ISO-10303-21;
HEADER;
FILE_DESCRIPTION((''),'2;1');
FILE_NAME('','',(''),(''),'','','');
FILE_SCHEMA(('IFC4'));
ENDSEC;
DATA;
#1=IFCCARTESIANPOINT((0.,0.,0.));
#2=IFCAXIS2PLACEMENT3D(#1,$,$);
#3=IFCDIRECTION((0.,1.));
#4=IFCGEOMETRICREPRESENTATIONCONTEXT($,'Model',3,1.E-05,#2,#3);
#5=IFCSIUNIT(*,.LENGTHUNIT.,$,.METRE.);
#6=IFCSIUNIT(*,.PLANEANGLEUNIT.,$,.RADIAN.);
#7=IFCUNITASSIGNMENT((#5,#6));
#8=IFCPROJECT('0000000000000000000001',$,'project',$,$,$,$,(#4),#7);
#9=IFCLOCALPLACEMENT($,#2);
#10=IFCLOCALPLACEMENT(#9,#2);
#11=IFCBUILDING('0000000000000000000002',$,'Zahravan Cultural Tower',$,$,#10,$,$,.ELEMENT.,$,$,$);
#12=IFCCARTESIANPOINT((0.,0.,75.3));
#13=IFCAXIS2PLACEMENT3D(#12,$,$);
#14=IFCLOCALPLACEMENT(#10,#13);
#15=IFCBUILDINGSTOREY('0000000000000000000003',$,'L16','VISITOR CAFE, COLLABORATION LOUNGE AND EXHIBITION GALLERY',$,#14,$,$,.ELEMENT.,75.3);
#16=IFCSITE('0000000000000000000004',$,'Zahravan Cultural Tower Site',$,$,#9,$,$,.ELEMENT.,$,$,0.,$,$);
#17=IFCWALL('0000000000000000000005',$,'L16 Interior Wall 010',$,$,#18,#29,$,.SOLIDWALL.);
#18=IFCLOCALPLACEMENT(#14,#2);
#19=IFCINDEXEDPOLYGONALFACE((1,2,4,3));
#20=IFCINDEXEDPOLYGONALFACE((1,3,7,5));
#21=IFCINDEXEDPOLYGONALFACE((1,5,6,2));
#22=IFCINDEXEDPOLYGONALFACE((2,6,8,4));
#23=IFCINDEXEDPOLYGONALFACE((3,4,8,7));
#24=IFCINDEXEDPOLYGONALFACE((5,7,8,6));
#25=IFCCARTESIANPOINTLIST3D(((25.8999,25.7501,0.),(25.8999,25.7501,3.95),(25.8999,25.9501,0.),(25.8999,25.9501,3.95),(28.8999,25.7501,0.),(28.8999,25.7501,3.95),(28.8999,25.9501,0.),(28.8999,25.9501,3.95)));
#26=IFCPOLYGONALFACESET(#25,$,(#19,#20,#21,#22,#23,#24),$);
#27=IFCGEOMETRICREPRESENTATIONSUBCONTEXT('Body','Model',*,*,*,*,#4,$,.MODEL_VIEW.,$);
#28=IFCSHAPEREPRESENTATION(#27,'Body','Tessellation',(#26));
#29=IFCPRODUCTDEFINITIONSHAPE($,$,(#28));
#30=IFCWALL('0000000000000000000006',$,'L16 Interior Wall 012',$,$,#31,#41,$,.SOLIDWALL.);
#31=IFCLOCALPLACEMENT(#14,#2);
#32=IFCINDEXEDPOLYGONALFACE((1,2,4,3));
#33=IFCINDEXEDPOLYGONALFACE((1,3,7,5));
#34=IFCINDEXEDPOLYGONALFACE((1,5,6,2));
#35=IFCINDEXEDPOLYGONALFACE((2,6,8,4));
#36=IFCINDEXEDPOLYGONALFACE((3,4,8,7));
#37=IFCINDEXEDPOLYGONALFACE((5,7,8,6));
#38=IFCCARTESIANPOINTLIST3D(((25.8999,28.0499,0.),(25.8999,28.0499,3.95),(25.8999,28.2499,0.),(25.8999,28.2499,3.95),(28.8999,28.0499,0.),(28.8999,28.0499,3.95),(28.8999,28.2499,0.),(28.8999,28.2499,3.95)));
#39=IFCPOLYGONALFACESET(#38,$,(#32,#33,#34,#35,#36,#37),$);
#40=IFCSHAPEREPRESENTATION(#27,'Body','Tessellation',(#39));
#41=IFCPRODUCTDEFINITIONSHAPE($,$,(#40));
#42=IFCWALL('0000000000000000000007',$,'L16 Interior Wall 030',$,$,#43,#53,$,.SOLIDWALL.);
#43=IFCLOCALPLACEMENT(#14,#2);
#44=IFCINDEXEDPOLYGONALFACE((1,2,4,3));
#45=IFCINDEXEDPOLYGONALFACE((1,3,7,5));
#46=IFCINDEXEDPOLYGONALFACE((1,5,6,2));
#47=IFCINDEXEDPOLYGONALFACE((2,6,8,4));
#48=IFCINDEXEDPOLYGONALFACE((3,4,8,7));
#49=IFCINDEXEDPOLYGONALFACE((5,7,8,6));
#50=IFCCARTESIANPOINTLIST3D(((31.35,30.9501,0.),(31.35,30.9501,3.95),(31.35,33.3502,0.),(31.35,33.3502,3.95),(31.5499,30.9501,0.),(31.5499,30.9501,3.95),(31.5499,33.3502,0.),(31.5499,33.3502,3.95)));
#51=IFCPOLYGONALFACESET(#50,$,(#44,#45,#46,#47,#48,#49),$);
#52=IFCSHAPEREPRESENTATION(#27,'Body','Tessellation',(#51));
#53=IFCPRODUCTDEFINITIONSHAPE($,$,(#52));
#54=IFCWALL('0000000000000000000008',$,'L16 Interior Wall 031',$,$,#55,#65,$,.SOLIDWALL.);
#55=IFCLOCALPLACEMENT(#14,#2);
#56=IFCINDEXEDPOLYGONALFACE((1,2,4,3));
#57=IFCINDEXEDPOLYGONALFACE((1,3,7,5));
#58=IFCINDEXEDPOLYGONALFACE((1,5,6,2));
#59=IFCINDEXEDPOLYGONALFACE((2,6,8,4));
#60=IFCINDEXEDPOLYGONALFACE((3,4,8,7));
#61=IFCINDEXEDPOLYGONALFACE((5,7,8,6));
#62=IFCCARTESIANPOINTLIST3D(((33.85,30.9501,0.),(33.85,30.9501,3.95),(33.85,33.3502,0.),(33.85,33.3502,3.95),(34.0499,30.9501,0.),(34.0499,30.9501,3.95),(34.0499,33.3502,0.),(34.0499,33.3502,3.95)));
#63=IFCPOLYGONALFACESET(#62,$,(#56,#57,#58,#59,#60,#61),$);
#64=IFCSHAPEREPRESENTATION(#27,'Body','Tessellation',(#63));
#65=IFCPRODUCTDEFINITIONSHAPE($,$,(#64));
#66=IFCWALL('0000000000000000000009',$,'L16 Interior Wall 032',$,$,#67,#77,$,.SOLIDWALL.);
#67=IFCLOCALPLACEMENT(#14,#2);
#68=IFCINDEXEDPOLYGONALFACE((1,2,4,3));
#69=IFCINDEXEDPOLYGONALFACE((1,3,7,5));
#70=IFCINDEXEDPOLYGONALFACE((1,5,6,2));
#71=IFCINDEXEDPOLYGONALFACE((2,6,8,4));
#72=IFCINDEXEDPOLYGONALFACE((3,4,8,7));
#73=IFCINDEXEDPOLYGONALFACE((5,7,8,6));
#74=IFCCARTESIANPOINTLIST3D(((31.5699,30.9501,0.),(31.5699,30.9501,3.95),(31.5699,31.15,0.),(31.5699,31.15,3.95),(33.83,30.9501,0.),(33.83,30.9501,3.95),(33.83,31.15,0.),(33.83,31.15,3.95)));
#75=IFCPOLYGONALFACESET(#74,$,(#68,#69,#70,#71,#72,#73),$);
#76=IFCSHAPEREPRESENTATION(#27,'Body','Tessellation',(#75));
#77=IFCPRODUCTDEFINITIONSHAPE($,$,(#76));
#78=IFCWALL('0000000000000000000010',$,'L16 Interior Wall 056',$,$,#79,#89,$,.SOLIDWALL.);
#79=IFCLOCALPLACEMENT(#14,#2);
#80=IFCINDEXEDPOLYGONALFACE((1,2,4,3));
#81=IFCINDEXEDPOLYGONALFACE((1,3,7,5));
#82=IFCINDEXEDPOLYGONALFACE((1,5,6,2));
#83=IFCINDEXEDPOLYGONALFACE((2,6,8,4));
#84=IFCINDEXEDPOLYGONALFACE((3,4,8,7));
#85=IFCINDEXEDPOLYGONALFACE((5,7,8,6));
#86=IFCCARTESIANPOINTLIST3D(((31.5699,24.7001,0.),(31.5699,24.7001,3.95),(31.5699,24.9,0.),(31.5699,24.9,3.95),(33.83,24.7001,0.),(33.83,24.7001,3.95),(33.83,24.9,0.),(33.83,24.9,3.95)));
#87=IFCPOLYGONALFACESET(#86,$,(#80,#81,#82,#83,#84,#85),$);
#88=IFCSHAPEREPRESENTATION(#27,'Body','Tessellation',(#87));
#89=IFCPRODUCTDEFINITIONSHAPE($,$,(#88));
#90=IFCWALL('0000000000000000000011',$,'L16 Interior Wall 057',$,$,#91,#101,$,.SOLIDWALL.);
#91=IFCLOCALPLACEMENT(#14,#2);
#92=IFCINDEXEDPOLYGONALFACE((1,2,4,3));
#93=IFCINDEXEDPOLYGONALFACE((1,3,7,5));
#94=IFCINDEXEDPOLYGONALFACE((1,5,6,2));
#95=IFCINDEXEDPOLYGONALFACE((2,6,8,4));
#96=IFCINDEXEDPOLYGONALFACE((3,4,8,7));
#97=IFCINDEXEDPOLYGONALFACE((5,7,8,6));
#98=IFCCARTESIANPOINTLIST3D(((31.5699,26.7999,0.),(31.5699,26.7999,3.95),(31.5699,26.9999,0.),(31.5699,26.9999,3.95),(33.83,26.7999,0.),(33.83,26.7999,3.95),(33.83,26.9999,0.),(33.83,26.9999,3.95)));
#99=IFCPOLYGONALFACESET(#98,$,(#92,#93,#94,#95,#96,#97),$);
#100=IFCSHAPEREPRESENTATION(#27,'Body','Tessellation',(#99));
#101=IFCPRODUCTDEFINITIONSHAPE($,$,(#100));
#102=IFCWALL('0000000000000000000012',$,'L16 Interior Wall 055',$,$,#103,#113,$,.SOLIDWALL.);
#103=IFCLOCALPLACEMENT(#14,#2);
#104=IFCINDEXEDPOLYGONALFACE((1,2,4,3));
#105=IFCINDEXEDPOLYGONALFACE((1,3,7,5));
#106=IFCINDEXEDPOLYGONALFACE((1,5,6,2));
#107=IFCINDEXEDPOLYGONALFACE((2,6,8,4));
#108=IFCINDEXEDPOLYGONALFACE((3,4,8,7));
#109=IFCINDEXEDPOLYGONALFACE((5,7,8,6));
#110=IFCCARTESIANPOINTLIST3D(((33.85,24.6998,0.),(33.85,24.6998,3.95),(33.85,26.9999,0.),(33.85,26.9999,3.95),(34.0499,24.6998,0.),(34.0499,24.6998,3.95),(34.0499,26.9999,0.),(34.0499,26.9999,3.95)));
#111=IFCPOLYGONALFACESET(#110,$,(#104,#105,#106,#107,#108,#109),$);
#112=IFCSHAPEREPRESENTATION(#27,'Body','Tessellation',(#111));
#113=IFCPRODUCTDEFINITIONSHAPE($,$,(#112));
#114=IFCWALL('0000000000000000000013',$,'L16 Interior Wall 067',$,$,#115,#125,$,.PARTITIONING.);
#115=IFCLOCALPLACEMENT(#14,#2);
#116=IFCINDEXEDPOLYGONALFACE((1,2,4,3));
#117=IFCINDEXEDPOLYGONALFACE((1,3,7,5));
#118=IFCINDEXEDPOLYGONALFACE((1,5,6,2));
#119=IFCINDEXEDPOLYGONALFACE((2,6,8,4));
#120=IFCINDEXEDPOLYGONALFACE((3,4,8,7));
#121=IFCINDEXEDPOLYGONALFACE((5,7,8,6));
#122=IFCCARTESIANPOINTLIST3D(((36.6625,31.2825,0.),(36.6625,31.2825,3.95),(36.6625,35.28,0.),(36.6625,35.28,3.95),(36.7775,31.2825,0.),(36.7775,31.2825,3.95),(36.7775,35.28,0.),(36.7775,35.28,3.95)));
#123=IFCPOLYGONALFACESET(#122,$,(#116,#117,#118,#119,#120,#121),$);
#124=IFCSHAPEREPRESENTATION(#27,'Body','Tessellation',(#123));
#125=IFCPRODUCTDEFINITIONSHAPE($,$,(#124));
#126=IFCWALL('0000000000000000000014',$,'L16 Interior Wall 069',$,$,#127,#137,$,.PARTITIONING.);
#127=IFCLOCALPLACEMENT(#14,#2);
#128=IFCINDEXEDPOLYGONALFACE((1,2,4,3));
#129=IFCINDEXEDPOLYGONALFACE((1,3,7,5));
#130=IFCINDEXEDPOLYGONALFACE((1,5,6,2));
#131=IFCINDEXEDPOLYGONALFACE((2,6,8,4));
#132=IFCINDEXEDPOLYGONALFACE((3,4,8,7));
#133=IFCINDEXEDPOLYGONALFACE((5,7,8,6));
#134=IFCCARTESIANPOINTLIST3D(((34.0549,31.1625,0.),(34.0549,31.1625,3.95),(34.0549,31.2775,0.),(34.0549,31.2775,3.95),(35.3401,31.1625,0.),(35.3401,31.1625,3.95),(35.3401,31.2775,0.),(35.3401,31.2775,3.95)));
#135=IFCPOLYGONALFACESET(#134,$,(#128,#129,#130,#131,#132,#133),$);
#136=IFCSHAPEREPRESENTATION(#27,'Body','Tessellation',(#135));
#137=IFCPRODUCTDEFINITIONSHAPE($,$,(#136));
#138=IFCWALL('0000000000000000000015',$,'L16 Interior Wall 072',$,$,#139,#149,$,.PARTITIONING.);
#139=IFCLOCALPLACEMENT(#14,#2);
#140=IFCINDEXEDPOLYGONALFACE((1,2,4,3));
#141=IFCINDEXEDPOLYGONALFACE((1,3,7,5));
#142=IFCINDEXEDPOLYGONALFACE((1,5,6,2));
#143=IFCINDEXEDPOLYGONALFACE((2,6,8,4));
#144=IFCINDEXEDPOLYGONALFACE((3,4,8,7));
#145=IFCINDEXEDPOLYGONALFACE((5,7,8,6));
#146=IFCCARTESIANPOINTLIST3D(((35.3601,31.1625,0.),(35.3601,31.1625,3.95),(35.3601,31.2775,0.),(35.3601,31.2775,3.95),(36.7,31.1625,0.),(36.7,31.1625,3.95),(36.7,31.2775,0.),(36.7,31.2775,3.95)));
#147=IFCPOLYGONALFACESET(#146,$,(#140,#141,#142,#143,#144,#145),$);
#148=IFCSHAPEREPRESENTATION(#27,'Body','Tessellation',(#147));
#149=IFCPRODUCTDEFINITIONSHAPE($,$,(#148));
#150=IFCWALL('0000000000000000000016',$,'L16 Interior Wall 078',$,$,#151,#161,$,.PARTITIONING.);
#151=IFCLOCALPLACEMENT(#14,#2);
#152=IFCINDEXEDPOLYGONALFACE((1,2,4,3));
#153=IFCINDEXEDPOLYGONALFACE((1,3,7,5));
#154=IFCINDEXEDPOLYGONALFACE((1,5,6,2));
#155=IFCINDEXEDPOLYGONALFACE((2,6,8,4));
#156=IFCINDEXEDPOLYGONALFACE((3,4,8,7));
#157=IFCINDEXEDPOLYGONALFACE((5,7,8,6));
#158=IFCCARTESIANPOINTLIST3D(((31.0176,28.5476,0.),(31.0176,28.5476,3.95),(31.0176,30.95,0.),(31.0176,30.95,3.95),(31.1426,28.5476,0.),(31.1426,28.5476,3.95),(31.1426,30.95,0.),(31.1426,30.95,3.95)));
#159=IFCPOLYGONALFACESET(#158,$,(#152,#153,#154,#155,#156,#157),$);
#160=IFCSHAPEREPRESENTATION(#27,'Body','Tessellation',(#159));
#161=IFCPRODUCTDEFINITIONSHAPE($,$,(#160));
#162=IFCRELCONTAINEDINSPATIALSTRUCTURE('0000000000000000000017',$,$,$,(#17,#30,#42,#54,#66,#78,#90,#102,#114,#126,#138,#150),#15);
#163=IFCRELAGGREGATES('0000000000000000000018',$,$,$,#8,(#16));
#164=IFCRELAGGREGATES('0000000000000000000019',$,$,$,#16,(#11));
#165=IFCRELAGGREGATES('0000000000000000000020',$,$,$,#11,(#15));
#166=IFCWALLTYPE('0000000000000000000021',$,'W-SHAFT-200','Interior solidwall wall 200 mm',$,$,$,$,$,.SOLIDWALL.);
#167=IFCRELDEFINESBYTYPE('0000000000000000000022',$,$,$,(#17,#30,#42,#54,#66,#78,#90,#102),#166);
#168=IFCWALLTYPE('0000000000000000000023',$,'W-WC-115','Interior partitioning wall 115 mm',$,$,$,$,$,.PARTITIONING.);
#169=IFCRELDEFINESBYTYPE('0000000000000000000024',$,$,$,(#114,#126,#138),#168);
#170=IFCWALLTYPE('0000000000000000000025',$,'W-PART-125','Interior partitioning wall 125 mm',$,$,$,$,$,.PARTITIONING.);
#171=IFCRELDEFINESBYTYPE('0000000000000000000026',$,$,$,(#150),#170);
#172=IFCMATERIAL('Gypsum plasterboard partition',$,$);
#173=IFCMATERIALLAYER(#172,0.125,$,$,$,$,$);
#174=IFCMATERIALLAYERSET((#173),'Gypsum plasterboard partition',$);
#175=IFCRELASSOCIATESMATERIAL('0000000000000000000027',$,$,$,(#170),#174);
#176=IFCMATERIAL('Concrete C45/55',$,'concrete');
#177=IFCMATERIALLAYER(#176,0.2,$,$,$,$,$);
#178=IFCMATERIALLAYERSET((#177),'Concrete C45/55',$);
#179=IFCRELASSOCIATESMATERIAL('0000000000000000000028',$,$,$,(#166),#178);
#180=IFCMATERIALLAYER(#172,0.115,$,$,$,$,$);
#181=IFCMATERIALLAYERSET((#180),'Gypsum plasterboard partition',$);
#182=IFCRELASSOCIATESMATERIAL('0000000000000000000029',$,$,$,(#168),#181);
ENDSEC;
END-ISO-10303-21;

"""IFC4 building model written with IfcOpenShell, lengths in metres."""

from ifc_helpers import new_model, si_unit, direction, frame, frame_2d, origin, place, context, subcontext, project, spatial, rectangle, extrude, source, transform, mapped, material, layer, layer_set, type_object, element, save


model = new_model("IFC4")

# Units and contexts
model_context = context("Model", 3, precision=1e-05, world=origin(), true_north=direction((0.0, 1.0)))
body_context = subcontext(model_context, "Body", "Model", "MODEL_VIEW")
ifc_project = project(units=[si_unit("LENGTHUNIT", "METRE"), si_unit("PLANEANGLEUNIT", "RADIAN")], contexts=[model_context])

# Site, building, storey
site_placement = place(None, origin())
site = spatial("IfcSite", under=ifc_project, at=site_placement, Name="Zahravan Cultural Tower Site", CompositionType="ELEMENT", RefElevation=0.0)
building_placement = place(site_placement, origin())
building = spatial("IfcBuilding", under=site, at=building_placement, Name="Zahravan Cultural Tower", CompositionType="ELEMENT")
storey_placement = place(building_placement, frame((0.0, 0.0, 75.3)))
storey = spatial("IfcBuildingStorey", under=building, at=storey_placement, Name="L16", Description="VISITOR CAFE, COLLABORATION LOUNGE AND EXHIBITION GALLERY", CompositionType="ELEMENT", Elevation=75.3)

# Shared definitions
ifc_material_1 = material(Name="Gypsum plasterboard partition")
ifc_layer_1 = layer(ifc_material_1, 0.125)
ifc_layer_set_1 = layer_set([ifc_layer_1], Name="Gypsum plasterboard partition")
wall_type_1 = type_object("IfcWallType", Name="W-PART-125", Description="Interior partitioning wall 125 mm", PredefinedType="PARTITIONING", material=ifc_layer_set_1)
ifc_material_2 = material(Name="Concrete C45/55", Category="concrete")
ifc_layer_2 = layer(ifc_material_2, 0.2)
ifc_layer_set_2 = layer_set([ifc_layer_2], Name="Concrete C45/55")
wall_type_2 = type_object("IfcWallType", Name="W-SHAFT-200", Description="Interior solidwall wall 200 mm", PredefinedType="SOLIDWALL", material=ifc_layer_set_2)

# Walls
shared_shape_1 = source(origin(), body_context, "Body", "SweptSolid", [
    extrude(rectangle(XDim=3.0, YDim=0.2, at=frame_2d((1.5, 0.0))), origin(), (0.0, 0.0, 1.0), 3.95),
])
for number, where, z_axis, x_axis, name in (
    (1, (25.8999, 25.8501, 0.0), (0.0, 0.0, 1.0), (1.0, 0.0, 0.0), "L16 Interior Wall 010"),
    (2, (25.8999, 28.1499, 0.0), (0.0, 0.0, 1.0), (1.0, 0.0, 0.0), "L16 Interior Wall 012"),
):
    element("IfcWall", number, at=place(storey_placement, frame(where, z_axis=z_axis, x_axis=x_axis)), inside=storey, type_object=wall_type_2, Name=name, PredefinedType="SOLIDWALL", context=body_context, shape_type="MappedRepresentation", body=[
        mapped(shared_shape_1, transform((0.0, 0.0, 0.0), x_axis=(1.0, 0.0, 0.0), y_axis=(0.0, 1.0, 0.0), z_axis=(0.0, 0.0, 1.0), scale=1.0)),
    ])
shared_shape_2 = source(origin(), body_context, "Body", "SweptSolid", [
    extrude(rectangle(XDim=2.4001, YDim=0.2, at=frame_2d((1.2002, 0.0))), origin(), (0.0, 0.0, 1.0), 3.95),
])
for number, where, z_axis, x_axis, name in (
    (3, (31.45, 30.95, 0.0), (0.0, 0.0, 1.0), (0.0, 1.0, 0.0), "L16 Interior Wall 030"),
    (4, (33.95, 30.95, 0.0), (0.0, 0.0, 1.0), (0.0, 1.0, 0.0), "L16 Interior Wall 031"),
):
    element("IfcWall", number, at=place(storey_placement, frame(where, z_axis=z_axis, x_axis=x_axis)), inside=storey, type_object=wall_type_2, Name=name, PredefinedType="SOLIDWALL", context=body_context, shape_type="MappedRepresentation", body=[
        mapped(shared_shape_2, transform((0.0, 0.0, 0.0), x_axis=(1.0, 0.0, 0.0), y_axis=(0.0, 1.0, 0.0), z_axis=(0.0, 0.0, 1.0), scale=1.0)),
    ])
shared_shape_3 = source(origin(), body_context, "Body", "SweptSolid", [
    extrude(rectangle(XDim=2.26, YDim=0.2, at=frame_2d((1.1299, 0.0))), origin(), (0.0, 0.0, 1.0), 3.95),
])
for number, where, z_axis, x_axis, name in (
    (5, (31.5701, 31.05, 0.0), (0.0, 0.0, 1.0), (1.0, 0.0, 0.0), "L16 Interior Wall 032"),
    (6, (31.5701, 24.8, 0.0), (0.0, 0.0, 1.0), (1.0, 0.0, 0.0), "L16 Interior Wall 056"),
    (7, (31.5701, 26.8999, 0.0), (0.0, 0.0, 1.0), (1.0, 0.0, 0.0), "L16 Interior Wall 057"),
):
    element("IfcWall", number, at=place(storey_placement, frame(where, z_axis=z_axis, x_axis=x_axis)), inside=storey, type_object=wall_type_2, Name=name, PredefinedType="SOLIDWALL", context=body_context, shape_type="MappedRepresentation", body=[
        mapped(shared_shape_3, transform((0.0, 0.0, 0.0), x_axis=(1.0, 0.0, 0.0), y_axis=(0.0, 1.0, 0.0), z_axis=(0.0, 0.0, 1.0), scale=1.0)),
    ])
shared_shape_4 = source(origin(), body_context, "Body", "SweptSolid", [
    extrude(rectangle(XDim=2.3, YDim=0.2, at=frame_2d((1.1499, 0.0))), origin(), (0.0, 0.0, 1.0), 3.95),
])
wall_1_placement = place(storey_placement, frame((33.95, 24.7, 0.0), z_axis=(0.0, 0.0, 1.0), x_axis=(0.0, 1.0, 0.0)))
element("IfcWall", 8, at=wall_1_placement, inside=storey, type_object=wall_type_2, Name="L16 Interior Wall 055", PredefinedType="SOLIDWALL", context=body_context, shape_type="MappedRepresentation", body=[
    mapped(shared_shape_4, transform((0.0, 0.0, 0.0), x_axis=(1.0, 0.0, 0.0), y_axis=(0.0, 1.0, 0.0), z_axis=(0.0, 0.0, 1.0), scale=1.0)),
])
ifc_layer_3 = layer(ifc_material_1, 0.115)
ifc_layer_set_3 = layer_set([ifc_layer_3], Name="Gypsum plasterboard partition")
wall_type_3 = type_object("IfcWallType", Name="W-WC-115", Description="Interior partitioning wall 115 mm", PredefinedType="PARTITIONING", material=ifc_layer_set_3)
shared_shape_5 = source(origin(), body_context, "Body", "SweptSolid", [
    extrude(rectangle(XDim=3.9976, YDim=0.115, at=frame_2d((1.9988, 0.0))), origin(), (0.0, 0.0, 1.0), 3.95),
])
wall_2_placement = place(storey_placement, frame((36.72, 31.2825, 0.0), z_axis=(0.0, 0.0, 1.0), x_axis=(0.0, 1.0, 0.0)))
element("IfcWall", 9, at=wall_2_placement, inside=storey, type_object=wall_type_3, Name="L16 Interior Wall 067", PredefinedType="PARTITIONING", context=body_context, shape_type="MappedRepresentation", body=[
    mapped(shared_shape_5, transform((0.0, 0.0, 0.0), x_axis=(1.0, 0.0, 0.0), y_axis=(0.0, 1.0, 0.0), z_axis=(0.0, 0.0, 1.0), scale=1.0)),
])
shared_shape_6 = source(origin(), body_context, "Body", "SweptSolid", [
    extrude(rectangle(XDim=1.2852, YDim=0.115, at=frame_2d((0.6426, 0.0))), origin(), (0.0, 0.0, 1.0), 3.95),
])
wall_3_placement = place(storey_placement, frame((35.3401, 31.22, 0.0), z_axis=(0.0, 0.0, 1.0), x_axis=(-1.0, 0.0, 0.0)))
element("IfcWall", 10, at=wall_3_placement, inside=storey, type_object=wall_type_3, Name="L16 Interior Wall 069", PredefinedType="PARTITIONING", context=body_context, shape_type="MappedRepresentation", body=[
    mapped(shared_shape_6, transform((0.0, 0.0, 0.0), x_axis=(1.0, 0.0, 0.0), y_axis=(0.0, 1.0, 0.0), z_axis=(0.0, 0.0, 1.0), scale=1.0)),
])
shared_shape_7 = source(origin(), body_context, "Body", "SweptSolid", [
    extrude(rectangle(XDim=1.3398, YDim=0.115, at=frame_2d((0.6699, 0.0))), origin(), (0.0, 0.0, 1.0), 3.95),
])
wall_4_placement = place(storey_placement, frame((36.7, 31.22, 0.0), z_axis=(0.0, 0.0, 1.0), x_axis=(-1.0, 0.0, 0.0)))
element("IfcWall", 11, at=wall_4_placement, inside=storey, type_object=wall_type_3, Name="L16 Interior Wall 072", PredefinedType="PARTITIONING", context=body_context, shape_type="MappedRepresentation", body=[
    mapped(shared_shape_7, transform((0.0, 0.0, 0.0), x_axis=(1.0, 0.0, 0.0), y_axis=(0.0, 1.0, 0.0), z_axis=(0.0, 0.0, 1.0), scale=1.0)),
])
shared_shape_8 = source(origin(), body_context, "Body", "SweptSolid", [
    extrude(rectangle(XDim=2.4023, YDim=0.125, at=frame_2d((1.2012, 0.0))), origin(), (0.0, 0.0, 1.0), 3.95),
])
wall_5_placement = place(storey_placement, frame((31.0801, 28.5476, 0.0), z_axis=(0.0, 0.0, 1.0), x_axis=(0.0, 1.0, 0.0)))
element("IfcWall", 12, at=wall_5_placement, inside=storey, type_object=wall_type_1, Name="L16 Interior Wall 078", PredefinedType="PARTITIONING", context=body_context, shape_type="MappedRepresentation", body=[
    mapped(shared_shape_8, transform((0.0, 0.0, 0.0), x_axis=(1.0, 0.0, 0.0), y_axis=(0.0, 1.0, 0.0), z_axis=(0.0, 0.0, 1.0), scale=1.0)),
])

save(model, "model.ifc")
